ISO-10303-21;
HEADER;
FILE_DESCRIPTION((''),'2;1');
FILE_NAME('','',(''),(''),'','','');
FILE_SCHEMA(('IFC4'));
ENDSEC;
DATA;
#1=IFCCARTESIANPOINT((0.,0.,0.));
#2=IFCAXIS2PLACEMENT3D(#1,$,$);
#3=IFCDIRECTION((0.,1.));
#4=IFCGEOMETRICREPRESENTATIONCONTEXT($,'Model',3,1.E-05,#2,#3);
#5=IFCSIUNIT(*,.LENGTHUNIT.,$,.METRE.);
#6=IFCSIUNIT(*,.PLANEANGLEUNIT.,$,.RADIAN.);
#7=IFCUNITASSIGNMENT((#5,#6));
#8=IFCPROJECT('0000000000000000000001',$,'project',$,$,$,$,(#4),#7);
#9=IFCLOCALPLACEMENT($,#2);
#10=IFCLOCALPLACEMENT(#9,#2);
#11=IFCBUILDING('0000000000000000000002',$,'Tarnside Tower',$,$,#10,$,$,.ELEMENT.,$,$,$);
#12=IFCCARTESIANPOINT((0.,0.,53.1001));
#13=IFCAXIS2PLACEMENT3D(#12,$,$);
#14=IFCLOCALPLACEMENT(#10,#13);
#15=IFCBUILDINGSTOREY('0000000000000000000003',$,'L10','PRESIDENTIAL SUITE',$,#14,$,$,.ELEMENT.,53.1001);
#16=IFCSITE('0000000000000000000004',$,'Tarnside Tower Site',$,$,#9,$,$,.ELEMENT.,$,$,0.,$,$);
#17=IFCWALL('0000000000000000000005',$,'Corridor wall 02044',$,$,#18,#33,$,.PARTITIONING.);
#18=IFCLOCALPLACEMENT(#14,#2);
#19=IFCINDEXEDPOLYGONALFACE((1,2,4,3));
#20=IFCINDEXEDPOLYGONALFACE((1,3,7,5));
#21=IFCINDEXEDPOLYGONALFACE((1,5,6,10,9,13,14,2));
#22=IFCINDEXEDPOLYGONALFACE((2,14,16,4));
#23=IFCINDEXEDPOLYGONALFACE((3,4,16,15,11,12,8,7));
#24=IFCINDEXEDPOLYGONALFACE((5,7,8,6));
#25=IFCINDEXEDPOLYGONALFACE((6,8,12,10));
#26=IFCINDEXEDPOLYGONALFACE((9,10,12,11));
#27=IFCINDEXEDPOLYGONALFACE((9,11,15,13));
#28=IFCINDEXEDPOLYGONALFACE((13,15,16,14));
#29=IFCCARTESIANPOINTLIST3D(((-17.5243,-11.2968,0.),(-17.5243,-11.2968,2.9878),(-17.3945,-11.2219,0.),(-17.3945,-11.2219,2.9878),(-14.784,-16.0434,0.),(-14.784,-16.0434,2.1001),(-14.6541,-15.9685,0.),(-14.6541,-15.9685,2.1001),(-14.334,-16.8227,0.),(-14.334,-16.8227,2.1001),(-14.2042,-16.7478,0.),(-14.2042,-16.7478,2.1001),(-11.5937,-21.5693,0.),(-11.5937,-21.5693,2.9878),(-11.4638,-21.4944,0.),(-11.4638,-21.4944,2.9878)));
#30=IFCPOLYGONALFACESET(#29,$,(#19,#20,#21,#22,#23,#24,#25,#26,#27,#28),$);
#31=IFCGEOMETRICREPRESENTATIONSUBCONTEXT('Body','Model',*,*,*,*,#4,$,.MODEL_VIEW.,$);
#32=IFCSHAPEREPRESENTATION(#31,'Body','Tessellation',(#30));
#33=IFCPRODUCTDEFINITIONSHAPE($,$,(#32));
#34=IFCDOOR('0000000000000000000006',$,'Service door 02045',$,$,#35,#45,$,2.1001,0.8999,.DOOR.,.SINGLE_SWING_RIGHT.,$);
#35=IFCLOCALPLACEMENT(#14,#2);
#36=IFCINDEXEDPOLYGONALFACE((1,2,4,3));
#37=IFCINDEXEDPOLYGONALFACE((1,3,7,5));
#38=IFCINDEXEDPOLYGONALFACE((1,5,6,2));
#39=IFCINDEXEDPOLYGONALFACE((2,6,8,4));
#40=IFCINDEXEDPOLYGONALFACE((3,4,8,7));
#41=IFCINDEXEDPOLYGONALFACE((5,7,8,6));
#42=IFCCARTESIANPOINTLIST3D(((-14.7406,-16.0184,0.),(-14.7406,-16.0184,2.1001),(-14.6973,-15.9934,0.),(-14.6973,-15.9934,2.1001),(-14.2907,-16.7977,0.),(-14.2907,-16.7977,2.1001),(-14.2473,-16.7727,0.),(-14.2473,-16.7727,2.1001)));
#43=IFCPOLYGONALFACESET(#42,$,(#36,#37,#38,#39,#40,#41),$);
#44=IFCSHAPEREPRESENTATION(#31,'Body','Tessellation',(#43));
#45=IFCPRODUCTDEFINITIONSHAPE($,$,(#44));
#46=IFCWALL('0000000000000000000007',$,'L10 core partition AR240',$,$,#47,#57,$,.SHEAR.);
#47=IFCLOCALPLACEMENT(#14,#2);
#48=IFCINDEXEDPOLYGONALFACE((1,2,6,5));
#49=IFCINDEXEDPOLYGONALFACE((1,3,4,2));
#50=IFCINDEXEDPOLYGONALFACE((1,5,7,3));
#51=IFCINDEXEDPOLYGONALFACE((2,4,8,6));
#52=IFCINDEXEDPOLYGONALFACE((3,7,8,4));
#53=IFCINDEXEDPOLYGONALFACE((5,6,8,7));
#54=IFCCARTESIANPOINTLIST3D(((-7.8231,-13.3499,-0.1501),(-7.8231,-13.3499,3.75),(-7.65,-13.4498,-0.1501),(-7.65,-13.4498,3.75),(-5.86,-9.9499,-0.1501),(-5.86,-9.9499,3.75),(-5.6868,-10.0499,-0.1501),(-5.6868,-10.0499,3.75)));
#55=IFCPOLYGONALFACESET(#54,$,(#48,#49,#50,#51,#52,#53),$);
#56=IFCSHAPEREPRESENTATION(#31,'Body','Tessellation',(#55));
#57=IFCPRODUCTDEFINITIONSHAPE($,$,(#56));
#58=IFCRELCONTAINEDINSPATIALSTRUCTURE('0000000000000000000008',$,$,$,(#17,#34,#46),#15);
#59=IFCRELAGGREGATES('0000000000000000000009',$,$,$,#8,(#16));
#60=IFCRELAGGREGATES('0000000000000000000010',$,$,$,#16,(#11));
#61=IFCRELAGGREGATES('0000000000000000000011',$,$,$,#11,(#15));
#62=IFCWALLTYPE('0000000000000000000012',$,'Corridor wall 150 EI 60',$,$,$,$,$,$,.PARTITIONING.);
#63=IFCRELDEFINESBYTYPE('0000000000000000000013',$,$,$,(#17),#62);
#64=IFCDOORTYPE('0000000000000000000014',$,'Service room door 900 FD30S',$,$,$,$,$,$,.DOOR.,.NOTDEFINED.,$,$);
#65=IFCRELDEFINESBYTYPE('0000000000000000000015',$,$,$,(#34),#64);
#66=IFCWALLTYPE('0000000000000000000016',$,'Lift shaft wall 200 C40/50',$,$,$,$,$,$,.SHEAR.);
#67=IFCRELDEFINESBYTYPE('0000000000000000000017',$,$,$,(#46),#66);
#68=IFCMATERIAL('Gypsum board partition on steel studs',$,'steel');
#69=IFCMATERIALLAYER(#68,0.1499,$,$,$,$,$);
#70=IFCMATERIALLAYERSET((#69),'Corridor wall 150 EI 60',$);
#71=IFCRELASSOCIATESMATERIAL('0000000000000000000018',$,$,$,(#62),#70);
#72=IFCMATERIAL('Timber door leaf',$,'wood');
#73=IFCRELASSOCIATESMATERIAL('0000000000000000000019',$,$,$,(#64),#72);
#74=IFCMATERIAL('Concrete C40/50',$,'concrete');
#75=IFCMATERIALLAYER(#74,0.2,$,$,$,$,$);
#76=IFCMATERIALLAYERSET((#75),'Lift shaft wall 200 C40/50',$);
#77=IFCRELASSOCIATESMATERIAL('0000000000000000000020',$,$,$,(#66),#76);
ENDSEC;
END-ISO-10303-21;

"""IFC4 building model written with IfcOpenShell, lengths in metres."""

from ifc_helpers import new_model, si_unit, direction, frame, frame_2d, origin, place, context, subcontext, project, spatial, rectangle, extrude, material, layer, layer_set, type_object, element, fill, save


model = new_model("IFC4")

# Units and contexts
model_context = context("Model", 3, precision=1e-05, world=origin(), true_north=direction((0.0, 1.0)))
body_context = subcontext(model_context, "Body", "Model", "MODEL_VIEW")
ifc_project = project(units=[si_unit("LENGTHUNIT", "METRE"), si_unit("PLANEANGLEUNIT", "RADIAN")], contexts=[model_context])

# Site, building, storey
site_placement = place(None, origin())
site = spatial("IfcSite", under=ifc_project, at=site_placement, Name="Tarnside Tower Site", CompositionType="ELEMENT", RefElevation=0.0)
building_placement = place(site_placement, origin())
building = spatial("IfcBuilding", under=site, at=building_placement, Name="Tarnside Tower", CompositionType="ELEMENT")
storey_placement = place(building_placement, frame((0.0, 0.0, 53.1001)))
storey = spatial("IfcBuildingStorey", under=building, at=storey_placement, Name="L10", Description="PRESIDENTIAL SUITE", CompositionType="ELEMENT", Elevation=53.1001)

# Shared definitions
ifc_material_1 = material(Name="Gypsum board partition on steel studs", Category="steel")

# Shared definitions
ifc_material_2 = material(Name="Timber door leaf", Category="wood")

# Shared definitions
ifc_layer_1 = layer(ifc_material_1, 0.1499)
ifc_layer_set_1 = layer_set([ifc_layer_1], Name="Corridor wall 150 EI 60")
wall_type_1 = type_object("IfcWallType", Name="Corridor wall 150 EI 60", PredefinedType="PARTITIONING", material=ifc_layer_set_1)

# Wall, opening, door
wall_1_placement = place(storey_placement, frame((-11.5288, -21.5317, 0.0), z_axis=(0.0, 0.0, 1.0), x_axis=(-0.499991, 0.866031, 0.0)))
wall_1 = element("IfcWall", 1, at=wall_1_placement, inside=storey, type_object=wall_type_1, Name="Corridor wall 02044", PredefinedType="PARTITIONING", context=body_context, shape_type="SweptSolid", body=[
    extrude(rectangle(XDim=11.8616, YDim=0.1499, at=frame_2d((5.9307, 0.0))), origin(), (0.0, 0.0, 1.0), 2.9878),
])
opening_1_placement = place(wall_1_placement, frame((5.4807, 0.0, 0.0)))
opening_1 = element("IfcOpeningElement", 2, at=opening_1_placement, cuts=wall_1, PredefinedType="OPENING", context=body_context, shape_type="SweptSolid", body=[
    extrude(rectangle(XDim=0.8999, YDim=2.1001, at=frame_2d((0.45, 1.05))), frame((0.0, 0.085, 0.0), z_axis=(0.0, -1.0, 0.0), x_axis=(1.0, 0.0, 0.0)), (0.0, 0.0, 1.0), 0.1699),
])
door_type_1 = type_object("IfcDoorType", Name="Service room door 900 FD30S", OperationType="NOTDEFINED", PredefinedType="DOOR", material=ifc_material_2)
door_1_placement = place(opening_1_placement, origin())
door_1 = element("IfcDoor", 3, at=door_1_placement, inside=storey, type_object=door_type_1, Name="Service door 02045", OperationType="SINGLE_SWING_RIGHT", OverallHeight=2.1001, OverallWidth=0.8999, PredefinedType="DOOR", context=body_context, shape_type="SweptSolid", body=[
    extrude(rectangle(XDim=0.8999, YDim=2.1001, at=frame_2d((0.45, 1.05))), frame((0.0, 0.0249, 0.0), z_axis=(0.0, -1.0, 0.0), x_axis=(1.0, 0.0, 0.0)), (0.0, 0.0, 1.0), 0.05),
])
fill(opening_1, door_1)

# Wall
ifc_material_3 = material(Name="Concrete C40/50", Category="concrete")
ifc_layer_2 = layer(ifc_material_3, 0.2)
ifc_layer_set_2 = layer_set([ifc_layer_2], Name="Lift shaft wall 200 C40/50")
wall_type_2 = type_object("IfcWallType", Name="Lift shaft wall 200 C40/50", PredefinedType="SHEAR", material=ifc_layer_set_2)
wall_2_placement = place(storey_placement, frame((-5.7734, -10.0, -0.1501), z_axis=(0.0, 0.0, 1.0), x_axis=(-0.500038, -0.866003, 0.0)))
element("IfcWall", 4, at=wall_2_placement, inside=storey, type_object=wall_type_2, Name="L10 core partition AR240", PredefinedType="SHEAR", context=body_context, shape_type="SweptSolid", body=[
    extrude(rectangle(XDim=3.926, YDim=0.2, at=frame_2d((1.9629, 0.0))), origin(), (0.0, 0.0, 1.0), 3.9001),
])

save(model, "model.ifc")
